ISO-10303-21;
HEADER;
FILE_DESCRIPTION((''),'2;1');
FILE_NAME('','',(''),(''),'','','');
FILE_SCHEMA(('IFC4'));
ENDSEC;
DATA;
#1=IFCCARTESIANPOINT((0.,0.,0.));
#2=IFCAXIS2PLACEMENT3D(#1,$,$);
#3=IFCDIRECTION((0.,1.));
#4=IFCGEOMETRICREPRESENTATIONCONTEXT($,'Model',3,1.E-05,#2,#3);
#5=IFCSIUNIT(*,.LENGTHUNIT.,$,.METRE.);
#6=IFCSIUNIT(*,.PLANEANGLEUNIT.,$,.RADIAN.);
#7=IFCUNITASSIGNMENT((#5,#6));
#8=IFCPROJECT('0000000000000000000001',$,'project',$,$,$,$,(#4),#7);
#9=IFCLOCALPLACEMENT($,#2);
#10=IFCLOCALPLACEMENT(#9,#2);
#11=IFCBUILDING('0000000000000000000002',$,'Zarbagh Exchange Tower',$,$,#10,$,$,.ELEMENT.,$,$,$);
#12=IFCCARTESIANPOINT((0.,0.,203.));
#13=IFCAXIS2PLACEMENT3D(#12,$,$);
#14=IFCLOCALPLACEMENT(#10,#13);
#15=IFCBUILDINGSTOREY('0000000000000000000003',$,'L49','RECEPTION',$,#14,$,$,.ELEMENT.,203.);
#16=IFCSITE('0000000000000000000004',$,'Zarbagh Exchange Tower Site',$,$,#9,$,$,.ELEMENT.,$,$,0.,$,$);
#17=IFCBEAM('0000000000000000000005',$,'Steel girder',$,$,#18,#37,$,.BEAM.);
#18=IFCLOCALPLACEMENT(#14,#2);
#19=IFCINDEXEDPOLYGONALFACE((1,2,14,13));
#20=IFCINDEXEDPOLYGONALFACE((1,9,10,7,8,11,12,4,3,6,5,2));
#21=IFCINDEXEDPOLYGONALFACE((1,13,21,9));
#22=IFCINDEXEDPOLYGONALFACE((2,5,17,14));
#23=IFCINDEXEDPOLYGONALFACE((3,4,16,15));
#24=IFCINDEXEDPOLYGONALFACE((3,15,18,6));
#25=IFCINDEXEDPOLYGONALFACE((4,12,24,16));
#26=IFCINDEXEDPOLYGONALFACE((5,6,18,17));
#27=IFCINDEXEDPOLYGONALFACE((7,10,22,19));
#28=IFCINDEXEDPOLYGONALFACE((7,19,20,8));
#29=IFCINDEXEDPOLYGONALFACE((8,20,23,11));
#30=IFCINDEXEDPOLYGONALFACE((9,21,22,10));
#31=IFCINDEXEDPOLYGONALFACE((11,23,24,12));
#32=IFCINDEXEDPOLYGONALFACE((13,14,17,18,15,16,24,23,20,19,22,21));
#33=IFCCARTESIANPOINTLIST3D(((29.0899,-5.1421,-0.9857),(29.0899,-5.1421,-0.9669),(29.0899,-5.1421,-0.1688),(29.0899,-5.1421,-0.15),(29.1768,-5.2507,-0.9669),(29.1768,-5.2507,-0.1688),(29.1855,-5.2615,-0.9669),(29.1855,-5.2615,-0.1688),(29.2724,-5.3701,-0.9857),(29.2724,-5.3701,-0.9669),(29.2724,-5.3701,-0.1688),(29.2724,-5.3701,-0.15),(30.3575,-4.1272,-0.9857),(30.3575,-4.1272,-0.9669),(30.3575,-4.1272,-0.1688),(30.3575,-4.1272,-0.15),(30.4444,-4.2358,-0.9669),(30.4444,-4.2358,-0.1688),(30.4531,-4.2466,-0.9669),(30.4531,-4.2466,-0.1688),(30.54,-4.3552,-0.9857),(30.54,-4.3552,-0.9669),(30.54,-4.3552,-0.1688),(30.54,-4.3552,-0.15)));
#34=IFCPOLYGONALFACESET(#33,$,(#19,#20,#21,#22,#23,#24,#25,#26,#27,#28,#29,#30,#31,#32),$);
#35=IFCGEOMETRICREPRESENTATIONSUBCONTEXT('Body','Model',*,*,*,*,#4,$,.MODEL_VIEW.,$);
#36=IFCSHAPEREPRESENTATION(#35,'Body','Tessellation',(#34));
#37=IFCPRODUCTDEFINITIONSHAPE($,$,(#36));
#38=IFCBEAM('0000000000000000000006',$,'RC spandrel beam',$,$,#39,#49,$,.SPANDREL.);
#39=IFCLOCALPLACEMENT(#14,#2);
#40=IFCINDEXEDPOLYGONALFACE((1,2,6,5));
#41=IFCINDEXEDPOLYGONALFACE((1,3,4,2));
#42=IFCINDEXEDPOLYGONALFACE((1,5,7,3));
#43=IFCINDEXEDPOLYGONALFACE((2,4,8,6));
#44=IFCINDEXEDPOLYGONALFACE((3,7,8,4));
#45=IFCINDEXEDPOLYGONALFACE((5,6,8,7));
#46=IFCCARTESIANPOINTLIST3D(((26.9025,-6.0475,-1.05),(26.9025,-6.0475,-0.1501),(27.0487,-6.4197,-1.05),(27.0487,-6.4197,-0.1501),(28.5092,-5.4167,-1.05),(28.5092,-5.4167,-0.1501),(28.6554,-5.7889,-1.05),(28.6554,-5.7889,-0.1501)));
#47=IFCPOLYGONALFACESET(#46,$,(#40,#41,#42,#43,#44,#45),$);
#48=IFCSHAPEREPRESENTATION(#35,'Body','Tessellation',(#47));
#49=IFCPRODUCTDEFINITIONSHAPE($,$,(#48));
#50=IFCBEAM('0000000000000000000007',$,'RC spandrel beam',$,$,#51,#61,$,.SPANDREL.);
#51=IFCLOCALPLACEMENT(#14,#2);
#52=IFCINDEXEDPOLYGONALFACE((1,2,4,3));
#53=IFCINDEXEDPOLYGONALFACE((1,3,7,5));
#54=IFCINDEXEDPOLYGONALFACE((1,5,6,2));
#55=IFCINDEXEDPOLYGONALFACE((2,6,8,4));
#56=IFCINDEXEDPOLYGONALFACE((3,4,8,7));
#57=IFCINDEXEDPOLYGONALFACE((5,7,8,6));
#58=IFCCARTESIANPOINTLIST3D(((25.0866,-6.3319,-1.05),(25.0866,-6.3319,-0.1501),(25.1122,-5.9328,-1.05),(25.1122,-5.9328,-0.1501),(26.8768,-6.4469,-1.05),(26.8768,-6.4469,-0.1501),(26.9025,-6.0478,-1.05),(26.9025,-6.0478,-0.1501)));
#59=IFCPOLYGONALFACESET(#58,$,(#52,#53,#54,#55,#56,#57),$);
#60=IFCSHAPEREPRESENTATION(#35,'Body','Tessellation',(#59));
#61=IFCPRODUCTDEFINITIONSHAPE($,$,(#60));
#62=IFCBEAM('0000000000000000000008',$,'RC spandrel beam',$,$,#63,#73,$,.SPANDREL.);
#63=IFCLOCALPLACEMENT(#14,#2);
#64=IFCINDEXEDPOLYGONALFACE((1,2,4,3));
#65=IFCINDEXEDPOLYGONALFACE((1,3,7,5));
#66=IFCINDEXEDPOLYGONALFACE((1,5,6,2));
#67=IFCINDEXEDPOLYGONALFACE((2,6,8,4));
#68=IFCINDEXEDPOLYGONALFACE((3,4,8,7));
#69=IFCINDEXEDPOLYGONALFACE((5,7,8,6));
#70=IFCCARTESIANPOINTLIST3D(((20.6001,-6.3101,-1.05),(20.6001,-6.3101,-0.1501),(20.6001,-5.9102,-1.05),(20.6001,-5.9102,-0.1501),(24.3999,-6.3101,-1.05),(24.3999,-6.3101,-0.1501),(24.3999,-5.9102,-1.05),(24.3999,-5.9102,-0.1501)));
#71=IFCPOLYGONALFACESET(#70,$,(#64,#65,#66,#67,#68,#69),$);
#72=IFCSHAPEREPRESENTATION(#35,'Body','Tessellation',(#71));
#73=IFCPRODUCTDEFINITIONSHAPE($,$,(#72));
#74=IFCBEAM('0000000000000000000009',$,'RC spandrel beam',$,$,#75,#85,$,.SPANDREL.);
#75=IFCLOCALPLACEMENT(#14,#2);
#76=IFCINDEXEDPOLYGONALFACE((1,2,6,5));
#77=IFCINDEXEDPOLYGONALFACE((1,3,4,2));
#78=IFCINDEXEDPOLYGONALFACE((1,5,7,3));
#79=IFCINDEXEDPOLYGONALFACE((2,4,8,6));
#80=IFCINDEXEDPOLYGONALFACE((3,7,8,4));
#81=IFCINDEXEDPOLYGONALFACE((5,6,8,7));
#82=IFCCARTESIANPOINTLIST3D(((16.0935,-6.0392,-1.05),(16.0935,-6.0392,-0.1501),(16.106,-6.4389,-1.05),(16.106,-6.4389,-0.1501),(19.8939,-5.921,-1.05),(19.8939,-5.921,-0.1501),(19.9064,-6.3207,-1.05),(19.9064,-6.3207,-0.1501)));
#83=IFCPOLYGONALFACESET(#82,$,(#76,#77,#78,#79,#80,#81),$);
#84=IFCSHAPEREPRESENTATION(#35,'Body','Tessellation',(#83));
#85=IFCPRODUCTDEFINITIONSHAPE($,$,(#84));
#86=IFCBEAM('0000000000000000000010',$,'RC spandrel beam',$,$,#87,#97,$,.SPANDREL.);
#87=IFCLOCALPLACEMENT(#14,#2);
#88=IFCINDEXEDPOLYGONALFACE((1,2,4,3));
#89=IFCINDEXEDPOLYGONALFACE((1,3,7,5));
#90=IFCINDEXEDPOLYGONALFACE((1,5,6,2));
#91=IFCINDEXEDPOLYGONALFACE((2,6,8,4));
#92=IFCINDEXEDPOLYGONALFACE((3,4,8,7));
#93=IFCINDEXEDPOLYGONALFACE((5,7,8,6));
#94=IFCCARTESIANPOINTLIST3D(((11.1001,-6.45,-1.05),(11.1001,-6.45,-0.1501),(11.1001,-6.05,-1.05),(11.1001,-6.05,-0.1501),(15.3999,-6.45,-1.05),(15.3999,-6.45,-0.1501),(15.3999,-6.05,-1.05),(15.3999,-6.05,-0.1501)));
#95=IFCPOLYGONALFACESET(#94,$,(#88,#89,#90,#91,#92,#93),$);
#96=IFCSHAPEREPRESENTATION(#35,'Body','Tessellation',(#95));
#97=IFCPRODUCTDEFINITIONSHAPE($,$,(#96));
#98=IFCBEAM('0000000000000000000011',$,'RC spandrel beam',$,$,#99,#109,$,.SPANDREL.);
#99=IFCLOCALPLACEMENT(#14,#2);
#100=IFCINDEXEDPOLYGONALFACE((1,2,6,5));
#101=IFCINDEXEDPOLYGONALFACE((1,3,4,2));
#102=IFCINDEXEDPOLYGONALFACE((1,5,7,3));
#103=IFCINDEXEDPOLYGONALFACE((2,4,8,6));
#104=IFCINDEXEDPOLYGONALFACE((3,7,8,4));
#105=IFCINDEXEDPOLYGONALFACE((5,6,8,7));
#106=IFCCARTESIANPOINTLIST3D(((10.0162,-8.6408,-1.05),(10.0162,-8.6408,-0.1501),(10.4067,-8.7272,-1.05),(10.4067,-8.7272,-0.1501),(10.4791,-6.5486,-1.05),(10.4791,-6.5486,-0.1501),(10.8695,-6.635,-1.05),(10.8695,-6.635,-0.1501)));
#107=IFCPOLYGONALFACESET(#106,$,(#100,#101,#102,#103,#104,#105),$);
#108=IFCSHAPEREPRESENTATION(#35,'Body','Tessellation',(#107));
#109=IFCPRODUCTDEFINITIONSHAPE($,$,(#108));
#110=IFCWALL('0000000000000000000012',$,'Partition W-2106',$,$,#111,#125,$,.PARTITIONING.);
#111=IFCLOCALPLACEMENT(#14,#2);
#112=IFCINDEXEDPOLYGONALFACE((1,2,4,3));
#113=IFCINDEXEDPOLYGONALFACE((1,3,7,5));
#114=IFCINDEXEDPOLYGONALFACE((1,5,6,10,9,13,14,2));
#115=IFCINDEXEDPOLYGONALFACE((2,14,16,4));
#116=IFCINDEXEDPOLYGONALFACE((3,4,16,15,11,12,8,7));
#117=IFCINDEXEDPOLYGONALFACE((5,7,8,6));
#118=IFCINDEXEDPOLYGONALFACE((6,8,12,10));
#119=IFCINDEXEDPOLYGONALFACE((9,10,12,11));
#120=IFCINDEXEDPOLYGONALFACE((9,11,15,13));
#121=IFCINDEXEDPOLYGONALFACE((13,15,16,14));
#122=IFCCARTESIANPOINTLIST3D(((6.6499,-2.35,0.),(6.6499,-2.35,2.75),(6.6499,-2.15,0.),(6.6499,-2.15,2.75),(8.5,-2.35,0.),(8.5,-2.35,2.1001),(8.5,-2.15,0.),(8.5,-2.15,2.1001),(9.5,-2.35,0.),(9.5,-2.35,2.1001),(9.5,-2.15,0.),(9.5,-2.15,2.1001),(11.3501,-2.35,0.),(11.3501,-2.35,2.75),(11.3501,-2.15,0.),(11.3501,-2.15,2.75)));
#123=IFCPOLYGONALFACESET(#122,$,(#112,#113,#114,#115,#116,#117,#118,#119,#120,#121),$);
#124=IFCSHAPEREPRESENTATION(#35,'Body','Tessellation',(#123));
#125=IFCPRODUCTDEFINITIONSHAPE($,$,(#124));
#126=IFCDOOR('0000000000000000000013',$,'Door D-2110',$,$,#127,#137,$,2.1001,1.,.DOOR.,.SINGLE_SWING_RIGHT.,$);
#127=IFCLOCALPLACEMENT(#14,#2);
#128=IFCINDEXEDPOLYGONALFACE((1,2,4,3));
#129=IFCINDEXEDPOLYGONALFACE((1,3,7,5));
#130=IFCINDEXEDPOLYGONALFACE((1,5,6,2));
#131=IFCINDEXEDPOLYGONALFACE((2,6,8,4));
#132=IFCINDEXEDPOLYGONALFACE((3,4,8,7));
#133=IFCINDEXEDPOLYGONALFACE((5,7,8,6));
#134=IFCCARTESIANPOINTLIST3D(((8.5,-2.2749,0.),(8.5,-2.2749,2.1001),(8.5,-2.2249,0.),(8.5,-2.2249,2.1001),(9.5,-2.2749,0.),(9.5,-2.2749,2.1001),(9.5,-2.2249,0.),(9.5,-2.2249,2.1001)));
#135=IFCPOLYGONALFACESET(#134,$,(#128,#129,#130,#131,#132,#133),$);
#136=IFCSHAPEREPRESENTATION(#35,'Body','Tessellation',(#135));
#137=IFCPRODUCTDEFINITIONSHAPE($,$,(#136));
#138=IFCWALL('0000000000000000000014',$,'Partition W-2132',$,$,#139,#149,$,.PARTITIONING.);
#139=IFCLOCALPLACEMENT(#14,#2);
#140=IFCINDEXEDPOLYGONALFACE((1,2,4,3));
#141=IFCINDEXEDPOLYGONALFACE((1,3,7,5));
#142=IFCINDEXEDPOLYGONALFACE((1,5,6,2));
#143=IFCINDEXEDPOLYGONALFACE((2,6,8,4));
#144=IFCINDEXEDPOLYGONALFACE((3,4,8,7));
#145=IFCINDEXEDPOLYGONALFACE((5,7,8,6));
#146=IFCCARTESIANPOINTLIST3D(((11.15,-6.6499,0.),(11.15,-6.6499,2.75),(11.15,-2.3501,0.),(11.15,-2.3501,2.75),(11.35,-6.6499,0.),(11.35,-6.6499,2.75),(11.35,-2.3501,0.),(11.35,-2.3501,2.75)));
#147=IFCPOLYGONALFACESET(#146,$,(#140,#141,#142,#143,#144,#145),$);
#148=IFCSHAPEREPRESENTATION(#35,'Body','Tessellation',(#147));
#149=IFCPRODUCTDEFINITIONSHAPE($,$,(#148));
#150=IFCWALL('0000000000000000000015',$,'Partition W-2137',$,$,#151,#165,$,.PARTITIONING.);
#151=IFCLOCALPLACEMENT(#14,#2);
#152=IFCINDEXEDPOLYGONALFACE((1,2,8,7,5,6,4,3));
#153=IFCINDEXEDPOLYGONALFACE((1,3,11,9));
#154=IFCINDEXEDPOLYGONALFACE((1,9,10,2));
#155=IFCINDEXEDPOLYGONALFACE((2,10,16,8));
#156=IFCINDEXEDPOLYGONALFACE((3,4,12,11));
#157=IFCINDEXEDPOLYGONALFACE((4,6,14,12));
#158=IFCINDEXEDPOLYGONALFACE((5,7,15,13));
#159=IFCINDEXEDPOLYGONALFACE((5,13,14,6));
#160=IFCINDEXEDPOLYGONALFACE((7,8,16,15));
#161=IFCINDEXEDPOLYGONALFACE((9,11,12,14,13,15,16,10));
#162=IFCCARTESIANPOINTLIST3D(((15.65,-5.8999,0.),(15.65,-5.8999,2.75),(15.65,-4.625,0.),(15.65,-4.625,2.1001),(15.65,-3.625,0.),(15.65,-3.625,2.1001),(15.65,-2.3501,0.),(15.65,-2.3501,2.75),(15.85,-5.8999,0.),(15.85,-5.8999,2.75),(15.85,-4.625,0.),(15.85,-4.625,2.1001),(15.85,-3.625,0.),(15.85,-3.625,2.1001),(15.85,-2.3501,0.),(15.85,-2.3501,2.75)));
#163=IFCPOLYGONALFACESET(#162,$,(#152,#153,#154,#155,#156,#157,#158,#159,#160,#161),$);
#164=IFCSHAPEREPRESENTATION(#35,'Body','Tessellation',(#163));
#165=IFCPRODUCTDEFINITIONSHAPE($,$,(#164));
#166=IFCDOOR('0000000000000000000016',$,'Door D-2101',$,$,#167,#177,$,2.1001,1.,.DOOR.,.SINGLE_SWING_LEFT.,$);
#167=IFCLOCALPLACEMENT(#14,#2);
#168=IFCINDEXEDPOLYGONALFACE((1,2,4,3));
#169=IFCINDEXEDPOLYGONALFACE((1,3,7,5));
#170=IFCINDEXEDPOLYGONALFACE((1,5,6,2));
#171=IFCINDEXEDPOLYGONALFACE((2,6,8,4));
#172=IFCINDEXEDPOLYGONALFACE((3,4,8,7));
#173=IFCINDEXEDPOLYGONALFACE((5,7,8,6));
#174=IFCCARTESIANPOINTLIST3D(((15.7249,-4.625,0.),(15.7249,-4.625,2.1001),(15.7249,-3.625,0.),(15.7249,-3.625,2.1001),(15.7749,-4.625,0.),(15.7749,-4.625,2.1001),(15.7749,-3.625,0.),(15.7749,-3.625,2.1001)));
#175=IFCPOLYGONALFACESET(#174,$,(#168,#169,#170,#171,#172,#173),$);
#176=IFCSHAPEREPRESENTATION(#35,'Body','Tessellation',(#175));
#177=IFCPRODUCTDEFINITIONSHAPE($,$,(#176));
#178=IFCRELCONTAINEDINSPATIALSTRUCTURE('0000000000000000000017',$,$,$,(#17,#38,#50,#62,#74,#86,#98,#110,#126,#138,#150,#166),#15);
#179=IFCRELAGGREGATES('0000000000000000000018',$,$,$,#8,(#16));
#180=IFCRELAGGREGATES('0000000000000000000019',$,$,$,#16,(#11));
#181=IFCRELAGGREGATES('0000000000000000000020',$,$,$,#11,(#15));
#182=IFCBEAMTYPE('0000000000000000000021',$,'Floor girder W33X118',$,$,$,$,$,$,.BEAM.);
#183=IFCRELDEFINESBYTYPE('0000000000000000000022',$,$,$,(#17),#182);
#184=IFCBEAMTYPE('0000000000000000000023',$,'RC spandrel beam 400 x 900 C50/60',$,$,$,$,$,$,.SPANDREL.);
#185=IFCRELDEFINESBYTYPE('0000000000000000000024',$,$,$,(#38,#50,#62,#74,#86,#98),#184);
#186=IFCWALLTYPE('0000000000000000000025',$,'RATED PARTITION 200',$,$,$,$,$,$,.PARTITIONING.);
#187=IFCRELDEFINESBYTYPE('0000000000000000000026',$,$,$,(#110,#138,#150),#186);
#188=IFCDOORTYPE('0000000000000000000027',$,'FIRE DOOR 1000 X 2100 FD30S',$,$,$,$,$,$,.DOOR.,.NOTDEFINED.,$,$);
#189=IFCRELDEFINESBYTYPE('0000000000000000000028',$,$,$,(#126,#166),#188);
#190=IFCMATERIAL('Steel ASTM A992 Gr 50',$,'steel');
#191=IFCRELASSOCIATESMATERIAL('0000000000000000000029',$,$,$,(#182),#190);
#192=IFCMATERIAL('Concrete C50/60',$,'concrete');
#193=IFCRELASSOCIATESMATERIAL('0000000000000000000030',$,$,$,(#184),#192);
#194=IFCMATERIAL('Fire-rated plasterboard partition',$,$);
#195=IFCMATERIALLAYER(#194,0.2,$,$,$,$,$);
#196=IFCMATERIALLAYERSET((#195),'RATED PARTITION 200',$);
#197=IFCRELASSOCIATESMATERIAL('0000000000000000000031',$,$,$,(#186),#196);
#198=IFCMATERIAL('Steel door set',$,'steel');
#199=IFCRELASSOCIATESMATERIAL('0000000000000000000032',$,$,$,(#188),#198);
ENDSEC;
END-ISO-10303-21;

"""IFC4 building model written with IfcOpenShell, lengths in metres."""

from ifc_helpers import new_model, si_unit, direction, frame, frame_2d, origin, origin_2d, place, context, subcontext, project, spatial, rectangle, i_section, extrude, material, layer, layer_set, material_profile, profile_set, type_object, element, fill, save


model = new_model("IFC4")

# Units and contexts
model_context = context("Model", 3, precision=1e-05, world=origin(), true_north=direction((0.0, 1.0)))
body_context = subcontext(model_context, "Body", "Model", "MODEL_VIEW")
ifc_project = project(units=[si_unit("LENGTHUNIT", "METRE"), si_unit("PLANEANGLEUNIT", "RADIAN")], contexts=[model_context])

# Site, building, storey
site_placement = place(None, origin())
site = spatial("IfcSite", under=ifc_project, at=site_placement, Name="Zarbagh Exchange Tower Site", CompositionType="ELEMENT", RefElevation=0.0)
building_placement = place(site_placement, origin())
building = spatial("IfcBuilding", under=site, at=building_placement, Name="Zarbagh Exchange Tower", CompositionType="ELEMENT")
storey_placement = place(building_placement, frame((0.0, 0.0, 203.0)))
storey = spatial("IfcBuildingStorey", under=building, at=storey_placement, Name="L49", Description="RECEPTION", CompositionType="ELEMENT", Elevation=203.0)

# Shared definitions
ifc_material_1 = material(Name="Concrete C50/60", Category="concrete")

# Beams
ifc_material_2 = material(Name="Steel ASTM A992 Gr 50", Category="steel")
ifc_material_profile_1 = material_profile(ifc_material_2, i_section(OverallWidth=0.292, OverallDepth=0.8357, WebThickness=0.0139, FlangeThickness=0.0188, at=origin_2d()), Name="W33X118")
ifc_profile_set_1 = profile_set([ifc_material_profile_1], Name="Steel ASTM A992 Gr 50")
beam_type_1 = type_object("IfcBeamType", Name="Floor girder W33X118", PredefinedType="BEAM", material=ifc_profile_set_1)
beam_1_placement = place(storey_placement, frame((30.4487, -4.2412, -0.5679), z_axis=(-0.780619, -0.625007, 0.0), x_axis=(0.625007, -0.780619, 0.0)))
element("IfcBeam", 1, at=beam_1_placement, inside=storey, type_object=beam_type_1, Name="Steel girder", PredefinedType="BEAM", context=body_context, shape_type="SweptSolid", body=[
    extrude(i_section(OverallWidth=0.292, OverallDepth=0.8357, WebThickness=0.0139, FlangeThickness=0.0188, at=origin_2d()), origin(), (0.0, 0.0, 1.0), 1.6238),
])
ifc_material_profile_2 = material_profile(ifc_material_1, rectangle(XDim=0.3999, YDim=0.8999, at=origin_2d()), Name="RC spandrel beam 400 x 900 C50/60")
ifc_profile_set_2 = profile_set([ifc_material_profile_2], Name="Concrete C50/60")
beam_type_2 = type_object("IfcBeamType", Name="RC spandrel beam 400 x 900 C50/60", PredefinedType="SPANDREL", material=ifc_profile_set_2)
beam_2_placement = place(storey_placement, frame((28.5823, -5.6028, -0.6001), z_axis=(-0.930819, -0.365482, 0.0), x_axis=(0.365482, -0.930819, 0.0)))
element("IfcBeam", 2, at=beam_2_placement, inside=storey, type_object=beam_type_2, Name="RC spandrel beam", PredefinedType="SPANDREL", context=body_context, shape_type="SweptSolid", body=[
    extrude(rectangle(XDim=0.3999, YDim=0.8999, at=origin_2d()), origin(), (0.0, 0.0, 1.0), 1.7261),
])
beam_3_placement = place(storey_placement, frame((26.8896, -6.2473, -0.6001), z_axis=(-0.997944, 0.064098, 0.0), x_axis=(-0.064098, -0.997944, 0.0)))
element("IfcBeam", 3, at=beam_3_placement, inside=storey, type_object=beam_type_2, Name="RC spandrel beam", PredefinedType="SPANDREL", context=body_context, shape_type="SweptSolid", body=[
    extrude(rectangle(XDim=0.3999, YDim=0.8999, at=origin_2d()), origin(), (0.0, 0.0, 1.0), 1.7939),
])
beam_4_placement = place(storey_placement, frame((24.3999, -6.1101, -0.6001), z_axis=(-1.0, 0.0, 0.0), x_axis=(0.0, -1.0, 0.0)))
element("IfcBeam", 4, at=beam_4_placement, inside=storey, type_object=beam_type_2, Name="RC spandrel beam", PredefinedType="SPANDREL", context=body_context, shape_type="SweptSolid", body=[
    extrude(rectangle(XDim=0.3999, YDim=0.8999, at=origin_2d()), origin(), (0.0, 0.0, 1.0), 3.7998),
])
beam_5_placement = place(storey_placement, frame((19.9001, -6.1208, -0.6001), z_axis=(-0.999517, -0.031078, 0.0), x_axis=(0.031078, -0.999517, 0.0)))
element("IfcBeam", 5, at=beam_5_placement, inside=storey, type_object=beam_type_2, Name="RC spandrel beam", PredefinedType="SPANDREL", context=body_context, shape_type="SweptSolid", body=[
    extrude(rectangle(XDim=0.3999, YDim=0.8999, at=origin_2d()), origin(), (0.0, 0.0, 1.0), 3.8022),
])
beam_6_placement = place(storey_placement, frame((15.3999, -6.25, -0.6001), z_axis=(-1.0, 0.0, 0.0), x_axis=(0.0, -1.0, 0.0)))
element("IfcBeam", 6, at=beam_6_placement, inside=storey, type_object=beam_type_2, Name="RC spandrel beam", PredefinedType="SPANDREL", context=body_context, shape_type="SweptSolid", body=[
    extrude(rectangle(XDim=0.3999, YDim=0.8999, at=origin_2d()), origin(), (0.0, 0.0, 1.0), 4.2998),
])
beam_7_placement = place(storey_placement, frame((10.6743, -6.5918, -0.6001), z_axis=(-0.216014, -0.97639, 0.0), x_axis=(0.97639, -0.216014, 0.0)))
element("IfcBeam", 7, at=beam_7_placement, inside=storey, type_object=beam_type_2, Name="RC spandrel beam", PredefinedType="SPANDREL", context=body_context, shape_type="SweptSolid", body=[
    extrude(rectangle(XDim=0.3999, YDim=0.8999, at=origin_2d()), origin(), (0.0, 0.0, 1.0), 2.1428),
])

# Wall, opening, door
ifc_material_3 = material(Name="Fire-rated plasterboard partition")
ifc_layer = layer(ifc_material_3, 0.2)
ifc_layer_set = layer_set([ifc_layer], Name="RATED PARTITION 200")
wall_type = type_object("IfcWallType", Name="RATED PARTITION 200", PredefinedType="PARTITIONING", material=ifc_layer_set)
wall_1_placement = place(storey_placement, frame((11.3501, -2.25, 0.0), z_axis=(0.0, 0.0, 1.0), x_axis=(-1.0, 0.0, 0.0)))
wall_1 = element("IfcWall", 8, at=wall_1_placement, inside=storey, type_object=wall_type, Name="Partition W-2106", PredefinedType="PARTITIONING", context=body_context, shape_type="SweptSolid", body=[
    extrude(rectangle(XDim=4.7002, YDim=0.2, at=frame_2d((2.3501, 0.0))), origin(), (0.0, 0.0, 1.0), 2.75),
])
opening_1_placement = place(wall_1_placement, frame((1.8501, 0.0, 0.0)))
opening_1 = element("IfcOpeningElement", 9, at=opening_1_placement, cuts=wall_1, PredefinedType="OPENING", context=body_context, shape_type="SweptSolid", body=[
    extrude(rectangle(XDim=1.0, YDim=2.1001, at=frame_2d((0.5, 1.05))), frame((0.0, 0.1099, 0.0), z_axis=(0.0, -1.0, 0.0), x_axis=(1.0, 0.0, 0.0)), (0.0, 0.0, 1.0), 0.22),
])
ifc_material_4 = material(Name="Steel door set", Category="steel")
door_type = type_object("IfcDoorType", Name="FIRE DOOR 1000 X 2100 FD30S", OperationType="NOTDEFINED", PredefinedType="DOOR", material=ifc_material_4)
door_1_placement = place(opening_1_placement, origin())
door_1 = element("IfcDoor", 10, at=door_1_placement, inside=storey, type_object=door_type, Name="Door D-2110", OperationType="SINGLE_SWING_RIGHT", OverallHeight=2.1001, OverallWidth=1.0, PredefinedType="DOOR", context=body_context, shape_type="SweptSolid", body=[
    extrude(rectangle(XDim=1.0, YDim=2.1001, at=frame_2d((0.5, 1.05))), frame((0.0, 0.0249, 0.0), z_axis=(0.0, -1.0, 0.0), x_axis=(1.0, 0.0, 0.0)), (0.0, 0.0, 1.0), 0.05),
])
fill(opening_1, door_1)

# Wall
wall_2_placement = place(storey_placement, frame((11.25, -6.6499, 0.0), z_axis=(0.0, 0.0, 1.0), x_axis=(0.0, 1.0, 0.0)))
element("IfcWall", 11, at=wall_2_placement, inside=storey, type_object=wall_type, Name="Partition W-2132", PredefinedType="PARTITIONING", context=body_context, shape_type="SweptSolid", body=[
    extrude(rectangle(XDim=4.2998, YDim=0.2, at=frame_2d((2.1499, 0.0))), origin(), (0.0, 0.0, 1.0), 2.75),
])

# Wall, opening, door
wall_3_placement = place(storey_placement, frame((15.75, -2.3501, 0.0), z_axis=(0.0, 0.0, 1.0), x_axis=(0.0, -1.0, 0.0)))
wall_3 = element("IfcWall", 12, at=wall_3_placement, inside=storey, type_object=wall_type, Name="Partition W-2137", PredefinedType="PARTITIONING", context=body_context, shape_type="SweptSolid", body=[
    extrude(rectangle(XDim=3.5498, YDim=0.2, at=frame_2d((1.7749, 0.0))), origin(), (0.0, 0.0, 1.0), 2.75),
])
opening_2_placement = place(wall_3_placement, frame((1.2749, 0.0, 0.0)))
opening_2 = element("IfcOpeningElement", 13, at=opening_2_placement, cuts=wall_3, PredefinedType="OPENING", context=body_context, shape_type="SweptSolid", body=[
    extrude(rectangle(XDim=1.0, YDim=2.1001, at=frame_2d((0.5, 1.05))), frame((0.0, 0.1099, 0.0), z_axis=(0.0, -1.0, 0.0), x_axis=(1.0, 0.0, 0.0)), (0.0, 0.0, 1.0), 0.22),
])
door_2_placement = place(opening_2_placement, origin())
door_2 = element("IfcDoor", 14, at=door_2_placement, inside=storey, type_object=door_type, Name="Door D-2101", OperationType="SINGLE_SWING_LEFT", OverallHeight=2.1001, OverallWidth=1.0, PredefinedType="DOOR", context=body_context, shape_type="SweptSolid", body=[
    extrude(rectangle(XDim=1.0, YDim=2.1001, at=frame_2d((0.5, 1.05))), frame((0.0, 0.0249, 0.0), z_axis=(0.0, -1.0, 0.0), x_axis=(1.0, 0.0, 0.0)), (0.0, 0.0, 1.0), 0.05),
])
fill(opening_2, door_2)

save(model, "model.ifc")
